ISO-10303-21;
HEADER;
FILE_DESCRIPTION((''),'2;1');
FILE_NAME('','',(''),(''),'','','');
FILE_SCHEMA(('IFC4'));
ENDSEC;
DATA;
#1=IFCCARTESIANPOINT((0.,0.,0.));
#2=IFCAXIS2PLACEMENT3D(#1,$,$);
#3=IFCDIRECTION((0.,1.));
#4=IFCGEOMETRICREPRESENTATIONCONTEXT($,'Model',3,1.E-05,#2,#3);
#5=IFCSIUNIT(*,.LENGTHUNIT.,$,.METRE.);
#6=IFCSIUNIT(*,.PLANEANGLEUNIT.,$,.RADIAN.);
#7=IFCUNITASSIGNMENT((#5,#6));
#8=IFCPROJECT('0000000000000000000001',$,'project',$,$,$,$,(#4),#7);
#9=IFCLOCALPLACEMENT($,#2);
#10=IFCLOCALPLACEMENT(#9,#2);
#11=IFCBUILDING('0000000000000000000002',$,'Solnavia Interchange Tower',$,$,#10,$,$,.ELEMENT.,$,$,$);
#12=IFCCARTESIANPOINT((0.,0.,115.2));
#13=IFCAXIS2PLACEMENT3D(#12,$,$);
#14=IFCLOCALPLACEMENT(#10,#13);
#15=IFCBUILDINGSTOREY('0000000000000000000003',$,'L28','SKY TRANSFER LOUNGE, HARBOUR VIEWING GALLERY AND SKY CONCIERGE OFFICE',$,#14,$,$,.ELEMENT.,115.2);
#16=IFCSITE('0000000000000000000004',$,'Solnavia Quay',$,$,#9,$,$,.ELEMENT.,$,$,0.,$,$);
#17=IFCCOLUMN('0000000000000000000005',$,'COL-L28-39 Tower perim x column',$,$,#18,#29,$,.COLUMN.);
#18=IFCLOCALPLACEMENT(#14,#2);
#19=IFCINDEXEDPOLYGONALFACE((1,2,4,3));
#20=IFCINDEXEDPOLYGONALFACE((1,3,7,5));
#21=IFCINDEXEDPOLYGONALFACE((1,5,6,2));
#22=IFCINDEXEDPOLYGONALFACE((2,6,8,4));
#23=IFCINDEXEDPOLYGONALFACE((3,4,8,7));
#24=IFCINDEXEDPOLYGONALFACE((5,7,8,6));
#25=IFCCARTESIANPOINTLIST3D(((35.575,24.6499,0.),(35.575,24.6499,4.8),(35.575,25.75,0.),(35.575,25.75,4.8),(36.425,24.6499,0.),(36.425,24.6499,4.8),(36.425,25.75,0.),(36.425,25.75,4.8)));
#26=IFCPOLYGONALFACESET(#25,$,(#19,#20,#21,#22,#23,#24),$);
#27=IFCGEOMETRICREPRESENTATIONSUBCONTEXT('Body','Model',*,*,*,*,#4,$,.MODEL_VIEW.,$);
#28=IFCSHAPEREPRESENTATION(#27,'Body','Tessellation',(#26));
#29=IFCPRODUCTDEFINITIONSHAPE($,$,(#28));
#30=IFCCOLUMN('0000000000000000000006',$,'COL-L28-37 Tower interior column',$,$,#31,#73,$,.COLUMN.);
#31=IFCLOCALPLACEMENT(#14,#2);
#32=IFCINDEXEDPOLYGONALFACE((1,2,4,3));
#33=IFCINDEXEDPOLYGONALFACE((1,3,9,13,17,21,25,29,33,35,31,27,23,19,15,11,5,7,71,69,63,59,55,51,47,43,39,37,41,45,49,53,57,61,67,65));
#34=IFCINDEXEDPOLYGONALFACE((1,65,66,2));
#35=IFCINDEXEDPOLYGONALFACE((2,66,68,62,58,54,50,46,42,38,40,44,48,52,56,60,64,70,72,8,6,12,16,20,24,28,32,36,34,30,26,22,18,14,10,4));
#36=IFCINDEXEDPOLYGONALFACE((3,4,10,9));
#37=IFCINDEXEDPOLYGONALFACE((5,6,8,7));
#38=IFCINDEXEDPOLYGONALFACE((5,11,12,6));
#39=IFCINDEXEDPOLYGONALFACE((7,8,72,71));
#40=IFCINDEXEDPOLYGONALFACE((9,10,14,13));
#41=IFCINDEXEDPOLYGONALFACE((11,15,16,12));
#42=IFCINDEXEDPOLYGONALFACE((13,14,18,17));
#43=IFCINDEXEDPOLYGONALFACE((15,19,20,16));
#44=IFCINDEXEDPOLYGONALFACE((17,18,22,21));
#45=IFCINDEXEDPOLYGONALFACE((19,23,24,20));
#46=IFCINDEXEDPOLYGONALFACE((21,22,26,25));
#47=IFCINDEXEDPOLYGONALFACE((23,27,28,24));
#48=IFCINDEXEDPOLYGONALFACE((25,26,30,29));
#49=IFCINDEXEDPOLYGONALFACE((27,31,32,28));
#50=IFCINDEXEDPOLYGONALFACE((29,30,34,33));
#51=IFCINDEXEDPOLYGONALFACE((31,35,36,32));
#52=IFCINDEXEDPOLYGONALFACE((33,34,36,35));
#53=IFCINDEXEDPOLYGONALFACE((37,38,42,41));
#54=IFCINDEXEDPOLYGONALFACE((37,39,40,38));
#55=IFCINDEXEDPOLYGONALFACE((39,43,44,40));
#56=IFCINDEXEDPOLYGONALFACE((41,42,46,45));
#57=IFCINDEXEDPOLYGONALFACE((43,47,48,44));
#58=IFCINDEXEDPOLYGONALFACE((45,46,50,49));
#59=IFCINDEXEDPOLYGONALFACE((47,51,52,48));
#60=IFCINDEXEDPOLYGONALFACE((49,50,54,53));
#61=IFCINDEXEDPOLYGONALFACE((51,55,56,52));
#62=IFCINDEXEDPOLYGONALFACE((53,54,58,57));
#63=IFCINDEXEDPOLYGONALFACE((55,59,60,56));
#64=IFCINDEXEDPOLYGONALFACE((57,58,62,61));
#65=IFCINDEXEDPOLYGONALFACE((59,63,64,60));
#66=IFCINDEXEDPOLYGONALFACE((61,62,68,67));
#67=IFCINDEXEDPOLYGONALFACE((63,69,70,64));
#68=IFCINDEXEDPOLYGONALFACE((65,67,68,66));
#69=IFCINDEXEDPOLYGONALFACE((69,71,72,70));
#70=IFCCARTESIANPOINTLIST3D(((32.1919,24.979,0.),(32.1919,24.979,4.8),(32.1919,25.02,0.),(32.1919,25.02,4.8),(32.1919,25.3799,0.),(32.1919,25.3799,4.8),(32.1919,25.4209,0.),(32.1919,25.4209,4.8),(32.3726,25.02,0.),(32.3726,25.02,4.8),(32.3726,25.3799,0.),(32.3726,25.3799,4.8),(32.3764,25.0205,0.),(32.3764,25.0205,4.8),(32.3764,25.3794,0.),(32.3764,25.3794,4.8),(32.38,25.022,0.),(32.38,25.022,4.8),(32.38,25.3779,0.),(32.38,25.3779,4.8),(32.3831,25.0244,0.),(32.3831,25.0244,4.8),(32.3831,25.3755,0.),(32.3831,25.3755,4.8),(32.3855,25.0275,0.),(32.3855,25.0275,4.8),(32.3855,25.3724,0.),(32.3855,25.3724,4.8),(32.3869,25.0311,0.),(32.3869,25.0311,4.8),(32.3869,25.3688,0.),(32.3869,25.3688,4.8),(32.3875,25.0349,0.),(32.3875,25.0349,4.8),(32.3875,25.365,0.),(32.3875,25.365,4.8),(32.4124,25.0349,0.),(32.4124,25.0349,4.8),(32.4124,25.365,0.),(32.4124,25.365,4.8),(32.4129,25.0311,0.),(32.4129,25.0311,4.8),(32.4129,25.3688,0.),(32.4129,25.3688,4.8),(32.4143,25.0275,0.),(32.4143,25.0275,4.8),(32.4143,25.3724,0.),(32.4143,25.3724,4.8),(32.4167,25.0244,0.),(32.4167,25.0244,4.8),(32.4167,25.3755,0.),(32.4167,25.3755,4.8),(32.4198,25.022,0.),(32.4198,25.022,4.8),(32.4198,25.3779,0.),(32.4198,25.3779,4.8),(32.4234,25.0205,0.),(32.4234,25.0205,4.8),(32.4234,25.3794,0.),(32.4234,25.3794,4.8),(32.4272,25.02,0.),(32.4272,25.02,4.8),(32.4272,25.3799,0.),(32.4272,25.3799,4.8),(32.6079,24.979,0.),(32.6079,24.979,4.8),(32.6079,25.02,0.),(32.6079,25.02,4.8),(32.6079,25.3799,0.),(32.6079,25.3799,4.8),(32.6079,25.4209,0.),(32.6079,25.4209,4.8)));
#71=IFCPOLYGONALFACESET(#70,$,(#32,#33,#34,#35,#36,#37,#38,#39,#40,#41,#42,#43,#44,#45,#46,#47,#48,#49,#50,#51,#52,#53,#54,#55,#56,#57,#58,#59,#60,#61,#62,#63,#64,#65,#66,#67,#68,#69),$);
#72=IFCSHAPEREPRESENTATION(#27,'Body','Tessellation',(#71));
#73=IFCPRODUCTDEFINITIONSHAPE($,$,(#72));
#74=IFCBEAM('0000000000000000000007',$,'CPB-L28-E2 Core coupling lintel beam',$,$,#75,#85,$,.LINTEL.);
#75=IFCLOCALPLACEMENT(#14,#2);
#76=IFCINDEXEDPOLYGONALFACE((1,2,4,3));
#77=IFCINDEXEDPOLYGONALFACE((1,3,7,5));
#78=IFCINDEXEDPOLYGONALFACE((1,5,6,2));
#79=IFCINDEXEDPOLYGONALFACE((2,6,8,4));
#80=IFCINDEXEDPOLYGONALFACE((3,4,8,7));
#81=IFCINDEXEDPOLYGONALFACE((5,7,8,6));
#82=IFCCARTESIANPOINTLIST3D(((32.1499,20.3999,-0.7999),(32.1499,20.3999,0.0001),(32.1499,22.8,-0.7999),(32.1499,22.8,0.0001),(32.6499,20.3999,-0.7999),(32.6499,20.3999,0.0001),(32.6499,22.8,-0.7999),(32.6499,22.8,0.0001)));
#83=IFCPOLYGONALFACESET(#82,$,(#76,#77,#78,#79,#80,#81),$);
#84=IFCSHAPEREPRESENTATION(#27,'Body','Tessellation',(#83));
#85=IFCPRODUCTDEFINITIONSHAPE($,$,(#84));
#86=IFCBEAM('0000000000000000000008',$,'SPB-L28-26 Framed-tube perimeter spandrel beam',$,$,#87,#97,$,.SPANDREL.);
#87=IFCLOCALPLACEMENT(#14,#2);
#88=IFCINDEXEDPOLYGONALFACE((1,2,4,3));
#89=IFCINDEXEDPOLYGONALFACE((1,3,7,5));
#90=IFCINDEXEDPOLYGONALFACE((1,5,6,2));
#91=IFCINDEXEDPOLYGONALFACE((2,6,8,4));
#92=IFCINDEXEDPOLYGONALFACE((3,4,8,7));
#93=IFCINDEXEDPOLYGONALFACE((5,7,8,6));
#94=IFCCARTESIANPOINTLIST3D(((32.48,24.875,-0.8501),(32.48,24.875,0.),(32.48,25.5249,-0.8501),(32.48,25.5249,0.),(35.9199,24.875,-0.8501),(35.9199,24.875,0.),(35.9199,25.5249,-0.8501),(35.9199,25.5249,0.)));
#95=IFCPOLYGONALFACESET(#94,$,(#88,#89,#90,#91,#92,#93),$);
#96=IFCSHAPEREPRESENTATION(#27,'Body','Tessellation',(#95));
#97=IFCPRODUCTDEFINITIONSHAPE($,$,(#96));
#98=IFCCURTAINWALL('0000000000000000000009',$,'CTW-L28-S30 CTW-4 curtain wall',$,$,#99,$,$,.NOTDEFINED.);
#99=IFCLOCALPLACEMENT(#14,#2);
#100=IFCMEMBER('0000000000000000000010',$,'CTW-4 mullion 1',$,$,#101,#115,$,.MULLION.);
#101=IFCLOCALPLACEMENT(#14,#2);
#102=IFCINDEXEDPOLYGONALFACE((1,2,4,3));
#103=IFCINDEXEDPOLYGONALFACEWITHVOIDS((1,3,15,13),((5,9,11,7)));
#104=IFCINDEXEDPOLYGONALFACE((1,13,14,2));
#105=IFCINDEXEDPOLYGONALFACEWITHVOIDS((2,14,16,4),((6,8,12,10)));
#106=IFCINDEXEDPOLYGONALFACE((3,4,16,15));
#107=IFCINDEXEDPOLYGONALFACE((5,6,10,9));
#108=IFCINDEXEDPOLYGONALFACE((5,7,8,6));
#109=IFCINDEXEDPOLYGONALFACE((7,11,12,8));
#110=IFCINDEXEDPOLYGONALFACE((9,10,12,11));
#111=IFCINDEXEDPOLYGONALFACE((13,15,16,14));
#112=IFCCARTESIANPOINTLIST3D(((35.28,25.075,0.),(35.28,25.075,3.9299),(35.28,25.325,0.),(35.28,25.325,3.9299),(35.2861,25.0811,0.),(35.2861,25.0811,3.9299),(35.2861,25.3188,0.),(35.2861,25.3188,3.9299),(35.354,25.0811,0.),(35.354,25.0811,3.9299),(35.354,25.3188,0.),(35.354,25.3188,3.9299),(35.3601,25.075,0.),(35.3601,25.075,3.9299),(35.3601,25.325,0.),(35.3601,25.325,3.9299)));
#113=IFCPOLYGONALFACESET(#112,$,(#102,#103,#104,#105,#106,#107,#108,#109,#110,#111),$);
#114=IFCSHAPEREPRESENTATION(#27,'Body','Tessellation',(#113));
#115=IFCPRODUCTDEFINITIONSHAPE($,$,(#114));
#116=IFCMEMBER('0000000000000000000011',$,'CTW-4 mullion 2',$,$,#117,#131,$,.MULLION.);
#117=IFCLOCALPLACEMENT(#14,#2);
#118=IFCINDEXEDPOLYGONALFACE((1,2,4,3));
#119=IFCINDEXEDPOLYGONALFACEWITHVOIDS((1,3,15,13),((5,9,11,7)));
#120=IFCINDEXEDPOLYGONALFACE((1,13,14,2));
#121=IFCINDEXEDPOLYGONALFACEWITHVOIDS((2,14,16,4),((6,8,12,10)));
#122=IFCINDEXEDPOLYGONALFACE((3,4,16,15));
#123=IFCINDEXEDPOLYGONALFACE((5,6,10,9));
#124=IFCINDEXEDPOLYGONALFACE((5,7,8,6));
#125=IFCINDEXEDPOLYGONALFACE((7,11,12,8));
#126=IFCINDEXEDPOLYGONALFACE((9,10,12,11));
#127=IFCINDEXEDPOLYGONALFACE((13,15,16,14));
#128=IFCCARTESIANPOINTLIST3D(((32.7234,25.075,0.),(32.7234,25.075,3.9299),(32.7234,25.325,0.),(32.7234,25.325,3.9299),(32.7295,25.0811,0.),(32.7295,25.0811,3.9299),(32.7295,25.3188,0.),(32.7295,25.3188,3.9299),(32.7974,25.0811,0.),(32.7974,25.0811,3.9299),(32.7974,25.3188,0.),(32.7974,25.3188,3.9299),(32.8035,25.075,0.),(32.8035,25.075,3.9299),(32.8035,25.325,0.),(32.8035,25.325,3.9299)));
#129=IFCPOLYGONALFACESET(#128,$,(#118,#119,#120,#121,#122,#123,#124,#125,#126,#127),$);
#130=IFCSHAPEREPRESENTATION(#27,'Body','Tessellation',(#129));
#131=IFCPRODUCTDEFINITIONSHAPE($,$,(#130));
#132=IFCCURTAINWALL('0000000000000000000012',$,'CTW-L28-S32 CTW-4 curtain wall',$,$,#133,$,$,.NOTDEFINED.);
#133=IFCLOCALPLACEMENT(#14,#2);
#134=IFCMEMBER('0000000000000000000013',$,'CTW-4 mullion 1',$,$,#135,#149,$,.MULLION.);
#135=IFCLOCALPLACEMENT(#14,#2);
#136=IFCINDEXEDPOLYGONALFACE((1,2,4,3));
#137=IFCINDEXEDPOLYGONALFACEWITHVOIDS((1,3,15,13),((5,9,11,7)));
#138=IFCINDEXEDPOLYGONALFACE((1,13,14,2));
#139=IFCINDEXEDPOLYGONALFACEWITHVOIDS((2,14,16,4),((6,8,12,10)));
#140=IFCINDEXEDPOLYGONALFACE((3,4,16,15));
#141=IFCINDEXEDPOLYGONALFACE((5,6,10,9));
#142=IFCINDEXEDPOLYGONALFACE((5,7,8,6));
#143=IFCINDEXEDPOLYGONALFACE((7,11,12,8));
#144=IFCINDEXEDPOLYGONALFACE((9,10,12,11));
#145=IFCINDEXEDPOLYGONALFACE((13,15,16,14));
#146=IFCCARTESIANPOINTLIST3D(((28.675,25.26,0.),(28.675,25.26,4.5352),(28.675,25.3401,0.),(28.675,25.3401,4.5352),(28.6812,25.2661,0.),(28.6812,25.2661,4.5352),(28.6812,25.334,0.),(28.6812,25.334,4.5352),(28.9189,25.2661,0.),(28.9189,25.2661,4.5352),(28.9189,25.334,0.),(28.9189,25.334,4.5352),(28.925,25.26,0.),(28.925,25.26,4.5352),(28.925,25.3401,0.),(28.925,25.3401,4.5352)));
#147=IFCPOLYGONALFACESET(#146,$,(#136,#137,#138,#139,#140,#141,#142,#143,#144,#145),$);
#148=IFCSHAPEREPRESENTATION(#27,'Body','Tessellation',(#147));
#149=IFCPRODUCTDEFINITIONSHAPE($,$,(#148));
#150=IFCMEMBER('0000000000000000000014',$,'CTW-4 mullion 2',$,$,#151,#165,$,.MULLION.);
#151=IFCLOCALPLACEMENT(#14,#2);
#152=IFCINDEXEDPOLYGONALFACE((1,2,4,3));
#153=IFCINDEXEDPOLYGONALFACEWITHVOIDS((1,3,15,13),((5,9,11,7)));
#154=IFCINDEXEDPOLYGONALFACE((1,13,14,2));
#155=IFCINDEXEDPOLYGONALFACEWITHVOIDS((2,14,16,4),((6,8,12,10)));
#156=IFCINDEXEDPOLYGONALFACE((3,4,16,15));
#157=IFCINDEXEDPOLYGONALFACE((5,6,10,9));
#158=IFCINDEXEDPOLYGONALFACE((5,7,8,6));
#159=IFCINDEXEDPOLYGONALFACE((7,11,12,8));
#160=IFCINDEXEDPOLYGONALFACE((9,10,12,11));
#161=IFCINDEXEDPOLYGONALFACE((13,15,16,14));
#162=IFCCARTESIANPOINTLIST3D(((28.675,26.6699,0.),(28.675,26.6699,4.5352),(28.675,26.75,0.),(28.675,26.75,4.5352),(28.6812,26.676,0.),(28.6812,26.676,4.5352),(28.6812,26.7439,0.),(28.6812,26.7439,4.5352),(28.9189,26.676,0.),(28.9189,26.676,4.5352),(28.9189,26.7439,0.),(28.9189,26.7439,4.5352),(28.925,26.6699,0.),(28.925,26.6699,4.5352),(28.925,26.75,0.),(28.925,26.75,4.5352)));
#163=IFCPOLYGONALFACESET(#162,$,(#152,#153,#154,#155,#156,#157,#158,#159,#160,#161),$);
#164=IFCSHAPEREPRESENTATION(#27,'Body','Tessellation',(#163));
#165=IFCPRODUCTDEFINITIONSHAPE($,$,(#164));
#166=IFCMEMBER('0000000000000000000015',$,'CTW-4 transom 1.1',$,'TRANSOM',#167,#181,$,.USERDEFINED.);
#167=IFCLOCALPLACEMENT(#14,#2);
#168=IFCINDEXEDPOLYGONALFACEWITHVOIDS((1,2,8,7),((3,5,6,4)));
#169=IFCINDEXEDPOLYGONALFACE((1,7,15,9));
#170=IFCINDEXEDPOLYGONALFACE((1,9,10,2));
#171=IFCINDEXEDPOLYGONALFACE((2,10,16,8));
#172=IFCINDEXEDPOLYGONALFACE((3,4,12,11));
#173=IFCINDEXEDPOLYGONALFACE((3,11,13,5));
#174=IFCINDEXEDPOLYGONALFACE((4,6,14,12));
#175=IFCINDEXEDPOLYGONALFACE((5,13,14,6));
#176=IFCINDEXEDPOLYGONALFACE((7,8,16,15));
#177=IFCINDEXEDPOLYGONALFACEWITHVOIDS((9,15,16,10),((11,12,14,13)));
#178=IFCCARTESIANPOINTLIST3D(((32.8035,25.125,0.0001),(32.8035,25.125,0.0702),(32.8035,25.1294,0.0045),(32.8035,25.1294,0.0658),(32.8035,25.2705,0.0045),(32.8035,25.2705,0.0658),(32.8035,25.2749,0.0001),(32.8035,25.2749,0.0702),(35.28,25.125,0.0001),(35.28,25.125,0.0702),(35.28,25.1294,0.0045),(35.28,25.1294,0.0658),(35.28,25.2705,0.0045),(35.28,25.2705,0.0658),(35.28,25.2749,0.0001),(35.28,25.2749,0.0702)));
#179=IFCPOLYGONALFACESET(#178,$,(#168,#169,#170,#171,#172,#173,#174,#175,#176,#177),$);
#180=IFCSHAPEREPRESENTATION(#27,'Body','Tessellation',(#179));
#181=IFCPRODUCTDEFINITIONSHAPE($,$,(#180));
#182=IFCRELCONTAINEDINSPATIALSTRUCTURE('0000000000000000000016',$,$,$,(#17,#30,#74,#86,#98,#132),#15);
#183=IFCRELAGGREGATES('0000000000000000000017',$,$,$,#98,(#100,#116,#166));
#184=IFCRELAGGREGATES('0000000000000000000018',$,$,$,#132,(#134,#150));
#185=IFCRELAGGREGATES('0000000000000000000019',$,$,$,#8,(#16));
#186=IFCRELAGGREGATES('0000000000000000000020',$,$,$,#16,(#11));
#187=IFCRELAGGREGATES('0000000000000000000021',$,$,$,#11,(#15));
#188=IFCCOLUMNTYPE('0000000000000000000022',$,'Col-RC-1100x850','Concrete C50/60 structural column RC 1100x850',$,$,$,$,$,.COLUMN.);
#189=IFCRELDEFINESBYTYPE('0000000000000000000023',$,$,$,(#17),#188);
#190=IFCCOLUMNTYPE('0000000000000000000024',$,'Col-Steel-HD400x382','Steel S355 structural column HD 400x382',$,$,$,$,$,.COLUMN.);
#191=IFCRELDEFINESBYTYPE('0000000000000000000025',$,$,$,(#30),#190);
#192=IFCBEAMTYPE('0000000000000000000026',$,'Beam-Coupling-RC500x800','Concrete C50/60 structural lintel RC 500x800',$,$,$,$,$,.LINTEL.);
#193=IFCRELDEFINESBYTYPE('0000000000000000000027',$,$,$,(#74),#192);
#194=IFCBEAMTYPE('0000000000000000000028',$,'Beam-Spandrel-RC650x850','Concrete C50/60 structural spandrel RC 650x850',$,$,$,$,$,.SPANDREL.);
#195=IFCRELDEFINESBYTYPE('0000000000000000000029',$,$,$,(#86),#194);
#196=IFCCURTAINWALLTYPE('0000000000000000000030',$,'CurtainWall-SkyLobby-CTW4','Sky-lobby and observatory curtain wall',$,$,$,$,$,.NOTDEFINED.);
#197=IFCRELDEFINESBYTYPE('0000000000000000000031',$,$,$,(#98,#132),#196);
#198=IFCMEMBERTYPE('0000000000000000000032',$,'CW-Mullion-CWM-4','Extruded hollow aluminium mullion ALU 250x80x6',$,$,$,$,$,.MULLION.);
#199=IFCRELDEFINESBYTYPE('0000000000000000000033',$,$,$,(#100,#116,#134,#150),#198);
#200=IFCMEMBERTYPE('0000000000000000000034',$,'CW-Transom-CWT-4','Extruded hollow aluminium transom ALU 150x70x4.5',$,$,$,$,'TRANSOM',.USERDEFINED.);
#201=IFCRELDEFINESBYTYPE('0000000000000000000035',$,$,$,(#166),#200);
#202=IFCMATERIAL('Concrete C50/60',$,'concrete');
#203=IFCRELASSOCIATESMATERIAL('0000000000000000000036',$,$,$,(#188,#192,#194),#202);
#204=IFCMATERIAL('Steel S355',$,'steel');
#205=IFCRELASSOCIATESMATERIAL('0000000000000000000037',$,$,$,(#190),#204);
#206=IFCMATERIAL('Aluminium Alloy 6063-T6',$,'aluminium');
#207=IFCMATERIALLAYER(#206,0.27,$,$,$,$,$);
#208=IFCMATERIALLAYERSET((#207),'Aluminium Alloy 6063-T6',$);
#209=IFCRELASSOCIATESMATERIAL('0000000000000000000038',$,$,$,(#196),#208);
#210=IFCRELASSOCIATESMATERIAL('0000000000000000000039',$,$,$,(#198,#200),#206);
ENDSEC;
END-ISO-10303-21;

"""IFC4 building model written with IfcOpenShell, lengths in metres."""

from ifc_helpers import new_model, si_unit, direction, frame, origin, origin_2d, place, context, subcontext, project, spatial, rectangle, hollow_rectangle, i_section, extrude, material, layer, layer_set, material_profile, profile_set, type_object, element, aggregate, save


model = new_model("IFC4")

# Units and contexts
model_context = context("Model", 3, precision=1e-05, world=origin(), true_north=direction((0.0, 1.0)))
body_context = subcontext(model_context, "Body", "Model", "MODEL_VIEW")
ifc_project = project(units=[si_unit("LENGTHUNIT", "METRE"), si_unit("PLANEANGLEUNIT", "RADIAN")], contexts=[model_context])

# Site, building, storey
site_placement = place(None, origin())
site = spatial("IfcSite", under=ifc_project, at=site_placement, Name="Solnavia Quay", CompositionType="ELEMENT", RefElevation=0.0)
building_placement = place(site_placement, origin())
building = spatial("IfcBuilding", under=site, at=building_placement, Name="Solnavia Interchange Tower", CompositionType="ELEMENT")
storey_placement = place(building_placement, frame((0.0, 0.0, 115.2)))
storey = spatial("IfcBuildingStorey", under=building, at=storey_placement, Name="L28", Description="SKY TRANSFER LOUNGE, HARBOUR VIEWING GALLERY AND SKY CONCIERGE OFFICE", CompositionType="ELEMENT", Elevation=115.2)

# Columns
ifc_material_1 = material(Name="Concrete C50/60", Category="concrete")
ifc_material_profile_1 = material_profile(ifc_material_1, rectangle(XDim=0.8501, YDim=1.1001, at=origin_2d()), Name="RC 1100x850")
ifc_profile_set_1 = profile_set([ifc_material_profile_1], Name="Concrete C50/60")
column_type_1 = type_object("IfcColumnType", Name="Col-RC-1100x850", Description="Concrete C50/60 structural column RC 1100x850", PredefinedType="COLUMN", material=ifc_profile_set_1)
column_1_placement = place(storey_placement, frame((36.0, 25.2, 0.0), z_axis=(0.0, 0.0, 1.0), x_axis=(1.0, 0.0, 0.0)))
element("IfcColumn", 1, at=column_1_placement, inside=storey, type_object=column_type_1, Name="COL-L28-39 Tower perim x column", PredefinedType="COLUMN", context=body_context, shape_type="SweptSolid", body=[
    extrude(rectangle(XDim=0.8501, YDim=1.1001, at=origin_2d()), origin(), (0.0, 0.0, 1.0), 4.8),
])
ifc_material_2 = material(Name="Steel S355", Category="steel")
ifc_material_profile_2 = material_profile(ifc_material_2, i_section(OverallWidth=0.416, OverallDepth=0.4419, WebThickness=0.0249, FlangeThickness=0.041, FilletRadius=0.0149, at=origin_2d()), Name="HD 400x382")
ifc_profile_set_2 = profile_set([ifc_material_profile_2], Name="Steel S355")
column_type_2 = type_object("IfcColumnType", Name="Col-Steel-HD400x382", Description="Steel S355 structural column HD 400x382", PredefinedType="COLUMN", material=ifc_profile_set_2)
column_2_placement = place(storey_placement, frame((32.3999, 25.2, 0.0), z_axis=(0.0, 0.0, 1.0), x_axis=(1.0, 0.0, 0.0)))
element("IfcColumn", 2, at=column_2_placement, inside=storey, type_object=column_type_2, Name="COL-L28-37 Tower interior column", PredefinedType="COLUMN", context=body_context, shape_type="SweptSolid", body=[
    extrude(i_section(OverallWidth=0.416, OverallDepth=0.4419, WebThickness=0.0249, FlangeThickness=0.041, FilletRadius=0.0149, at=origin_2d()), origin(), (0.0, 0.0, 1.0), 4.8),
])

# Beams
ifc_material_profile_3 = material_profile(ifc_material_1, rectangle(XDim=0.5, YDim=0.8, at=origin_2d()), Name="RC 500x800")
ifc_profile_set_3 = profile_set([ifc_material_profile_3], Name="Concrete C50/60")
beam_type_1 = type_object("IfcBeamType", Name="Beam-Coupling-RC500x800", Description="Concrete C50/60 structural lintel RC 500x800", PredefinedType="LINTEL", material=ifc_profile_set_3)
beam_1_placement = place(storey_placement, frame((32.3999, 20.3999, -0.3999), z_axis=(0.0, 1.0, 0.0), x_axis=(-1.0, 0.0, 0.0)))
element("IfcBeam", 3, at=beam_1_placement, inside=storey, type_object=beam_type_1, Name="CPB-L28-E2 Core coupling lintel beam", PredefinedType="LINTEL", context=body_context, shape_type="SweptSolid", body=[
    extrude(rectangle(XDim=0.5, YDim=0.8, at=origin_2d()), origin(), (0.0, 0.0, 1.0), 2.4001),
])
ifc_material_profile_4 = material_profile(ifc_material_1, rectangle(XDim=0.6499, YDim=0.8501, at=origin_2d()), Name="RC 650x850")
ifc_profile_set_4 = profile_set([ifc_material_profile_4], Name="Concrete C50/60")
beam_type_2 = type_object("IfcBeamType", Name="Beam-Spandrel-RC650x850", Description="Concrete C50/60 structural spandrel RC 650x850", PredefinedType="SPANDREL", material=ifc_profile_set_4)
beam_2_placement = place(storey_placement, frame((35.9199, 25.2, -0.425), z_axis=(-1.0, 0.0, 0.0), x_axis=(0.0, -1.0, 0.0)))
element("IfcBeam", 4, at=beam_2_placement, inside=storey, type_object=beam_type_2, Name="SPB-L28-26 Framed-tube perimeter spandrel beam", PredefinedType="SPANDREL", context=body_context, shape_type="SweptSolid", body=[
    extrude(rectangle(XDim=0.6499, YDim=0.8501, at=origin_2d()), origin(), (0.0, 0.0, 1.0), 3.4399),
])

# Curtain walls, members
ifc_material_3 = material(Name="Aluminium Alloy 6063-T6", Category="aluminium")
ifc_layer_1 = layer(ifc_material_3, 0.27)
ifc_layer_set_1 = layer_set([ifc_layer_1], Name="Aluminium Alloy 6063-T6")
curtain_wall_type = type_object("IfcCurtainWallType", Name="CurtainWall-SkyLobby-CTW4", Description="Sky-lobby and observatory curtain wall", PredefinedType="NOTDEFINED", material=ifc_layer_set_1)
curtain_wall_1_placement = place(storey_placement, origin())
curtain_wall_1 = element("IfcCurtainWall", 5, at=curtain_wall_1_placement, inside=storey, type_object=curtain_wall_type, Name="CTW-L28-S30 CTW-4 curtain wall", PredefinedType="NOTDEFINED")
ifc_material_profile_5 = material_profile(ifc_material_3, hollow_rectangle(XDim=0.0801, YDim=0.25, WallThickness=0.0061, at=origin_2d()), Name="ALU 250x80x6")
ifc_profile_set_5 = profile_set([ifc_material_profile_5], Name="Aluminium Alloy 6063-T6")
member_type_1 = type_object("IfcMemberType", Name="CW-Mullion-CWM-4", Description="Extruded hollow aluminium mullion ALU 250x80x6", PredefinedType="MULLION", material=ifc_profile_set_5)
member_1_placement = place(storey_placement, frame((35.3201, 25.2, 0.0), z_axis=(0.0, 0.0, 1.0), x_axis=(-1.0, 0.0, 0.0)))
member_1 = element("IfcMember", 6, at=member_1_placement, type_object=member_type_1, Name="CTW-4 mullion 1", PredefinedType="MULLION", context=body_context, shape_type="SweptSolid", body=[
    extrude(hollow_rectangle(XDim=0.0801, YDim=0.25, WallThickness=0.0061, at=origin_2d()), origin(), (0.0, 0.0, 1.0), 3.9299),
])
member_2_placement = place(storey_placement, frame((32.7634, 25.2, 0.0), z_axis=(0.0, 0.0, 1.0), x_axis=(-1.0, 0.0, 0.0)))
member_2 = element("IfcMember", 7, at=member_2_placement, type_object=member_type_1, Name="CTW-4 mullion 2", PredefinedType="MULLION", context=body_context, shape_type="SweptSolid", body=[
    extrude(hollow_rectangle(XDim=0.0801, YDim=0.25, WallThickness=0.0061, at=origin_2d()), origin(), (0.0, 0.0, 1.0), 3.9299),
])
curtain_wall_2_placement = place(storey_placement, origin())
curtain_wall_2 = element("IfcCurtainWall", 8, at=curtain_wall_2_placement, inside=storey, type_object=curtain_wall_type, Name="CTW-L28-S32 CTW-4 curtain wall", PredefinedType="NOTDEFINED")
member_3_placement = place(storey_placement, frame((28.8, 25.3, 0.0), z_axis=(0.0, 0.0, 1.0), x_axis=(0.0, 1.0, 0.0)))
member_3 = element("IfcMember", 9, at=member_3_placement, type_object=member_type_1, Name="CTW-4 mullion 1", PredefinedType="MULLION", context=body_context, shape_type="SweptSolid", body=[
    extrude(hollow_rectangle(XDim=0.0801, YDim=0.25, WallThickness=0.0061, at=origin_2d()), origin(), (0.0, 0.0, 1.0), 4.5352),
])
member_4_placement = place(storey_placement, frame((28.8, 26.71, 0.0), z_axis=(0.0, 0.0, 1.0), x_axis=(0.0, 1.0, 0.0)))
member_4 = element("IfcMember", 10, at=member_4_placement, type_object=member_type_1, Name="CTW-4 mullion 2", PredefinedType="MULLION", context=body_context, shape_type="SweptSolid", body=[
    extrude(hollow_rectangle(XDim=0.0801, YDim=0.25, WallThickness=0.0061, at=origin_2d()), origin(), (0.0, 0.0, 1.0), 4.5352),
])

# Member
ifc_material_profile_6 = material_profile(ifc_material_3, hollow_rectangle(XDim=0.0701, YDim=0.1499, WallThickness=0.0044, at=origin_2d()), Name="ALU 150x70x4.5")
ifc_profile_set_6 = profile_set([ifc_material_profile_6], Name="Aluminium Alloy 6063-T6")
member_type_2 = type_object("IfcMemberType", Name="CW-Transom-CWT-4", Description="Extruded hollow aluminium transom ALU 150x70x4.5", ElementType="TRANSOM", PredefinedType="USERDEFINED", material=ifc_profile_set_6)
member_5_placement = place(storey_placement, frame((35.28, 25.2, 0.0352), z_axis=(-1.0, 0.0, 0.0), x_axis=(0.0, 0.0, 1.0)))
member_5 = element("IfcMember", 11, at=member_5_placement, type_object=member_type_2, Name="CTW-4 transom 1.1", ObjectType="TRANSOM", PredefinedType="USERDEFINED", context=body_context, shape_type="SweptSolid", body=[
    extrude(hollow_rectangle(XDim=0.0701, YDim=0.1499, WallThickness=0.0044, at=origin_2d()), origin(), (0.0, 0.0, 1.0), 2.4766),
])

aggregate(curtain_wall_1, [member_1, member_2, member_5])
aggregate(curtain_wall_2, [member_3, member_4])

save(model, "model.ifc")
